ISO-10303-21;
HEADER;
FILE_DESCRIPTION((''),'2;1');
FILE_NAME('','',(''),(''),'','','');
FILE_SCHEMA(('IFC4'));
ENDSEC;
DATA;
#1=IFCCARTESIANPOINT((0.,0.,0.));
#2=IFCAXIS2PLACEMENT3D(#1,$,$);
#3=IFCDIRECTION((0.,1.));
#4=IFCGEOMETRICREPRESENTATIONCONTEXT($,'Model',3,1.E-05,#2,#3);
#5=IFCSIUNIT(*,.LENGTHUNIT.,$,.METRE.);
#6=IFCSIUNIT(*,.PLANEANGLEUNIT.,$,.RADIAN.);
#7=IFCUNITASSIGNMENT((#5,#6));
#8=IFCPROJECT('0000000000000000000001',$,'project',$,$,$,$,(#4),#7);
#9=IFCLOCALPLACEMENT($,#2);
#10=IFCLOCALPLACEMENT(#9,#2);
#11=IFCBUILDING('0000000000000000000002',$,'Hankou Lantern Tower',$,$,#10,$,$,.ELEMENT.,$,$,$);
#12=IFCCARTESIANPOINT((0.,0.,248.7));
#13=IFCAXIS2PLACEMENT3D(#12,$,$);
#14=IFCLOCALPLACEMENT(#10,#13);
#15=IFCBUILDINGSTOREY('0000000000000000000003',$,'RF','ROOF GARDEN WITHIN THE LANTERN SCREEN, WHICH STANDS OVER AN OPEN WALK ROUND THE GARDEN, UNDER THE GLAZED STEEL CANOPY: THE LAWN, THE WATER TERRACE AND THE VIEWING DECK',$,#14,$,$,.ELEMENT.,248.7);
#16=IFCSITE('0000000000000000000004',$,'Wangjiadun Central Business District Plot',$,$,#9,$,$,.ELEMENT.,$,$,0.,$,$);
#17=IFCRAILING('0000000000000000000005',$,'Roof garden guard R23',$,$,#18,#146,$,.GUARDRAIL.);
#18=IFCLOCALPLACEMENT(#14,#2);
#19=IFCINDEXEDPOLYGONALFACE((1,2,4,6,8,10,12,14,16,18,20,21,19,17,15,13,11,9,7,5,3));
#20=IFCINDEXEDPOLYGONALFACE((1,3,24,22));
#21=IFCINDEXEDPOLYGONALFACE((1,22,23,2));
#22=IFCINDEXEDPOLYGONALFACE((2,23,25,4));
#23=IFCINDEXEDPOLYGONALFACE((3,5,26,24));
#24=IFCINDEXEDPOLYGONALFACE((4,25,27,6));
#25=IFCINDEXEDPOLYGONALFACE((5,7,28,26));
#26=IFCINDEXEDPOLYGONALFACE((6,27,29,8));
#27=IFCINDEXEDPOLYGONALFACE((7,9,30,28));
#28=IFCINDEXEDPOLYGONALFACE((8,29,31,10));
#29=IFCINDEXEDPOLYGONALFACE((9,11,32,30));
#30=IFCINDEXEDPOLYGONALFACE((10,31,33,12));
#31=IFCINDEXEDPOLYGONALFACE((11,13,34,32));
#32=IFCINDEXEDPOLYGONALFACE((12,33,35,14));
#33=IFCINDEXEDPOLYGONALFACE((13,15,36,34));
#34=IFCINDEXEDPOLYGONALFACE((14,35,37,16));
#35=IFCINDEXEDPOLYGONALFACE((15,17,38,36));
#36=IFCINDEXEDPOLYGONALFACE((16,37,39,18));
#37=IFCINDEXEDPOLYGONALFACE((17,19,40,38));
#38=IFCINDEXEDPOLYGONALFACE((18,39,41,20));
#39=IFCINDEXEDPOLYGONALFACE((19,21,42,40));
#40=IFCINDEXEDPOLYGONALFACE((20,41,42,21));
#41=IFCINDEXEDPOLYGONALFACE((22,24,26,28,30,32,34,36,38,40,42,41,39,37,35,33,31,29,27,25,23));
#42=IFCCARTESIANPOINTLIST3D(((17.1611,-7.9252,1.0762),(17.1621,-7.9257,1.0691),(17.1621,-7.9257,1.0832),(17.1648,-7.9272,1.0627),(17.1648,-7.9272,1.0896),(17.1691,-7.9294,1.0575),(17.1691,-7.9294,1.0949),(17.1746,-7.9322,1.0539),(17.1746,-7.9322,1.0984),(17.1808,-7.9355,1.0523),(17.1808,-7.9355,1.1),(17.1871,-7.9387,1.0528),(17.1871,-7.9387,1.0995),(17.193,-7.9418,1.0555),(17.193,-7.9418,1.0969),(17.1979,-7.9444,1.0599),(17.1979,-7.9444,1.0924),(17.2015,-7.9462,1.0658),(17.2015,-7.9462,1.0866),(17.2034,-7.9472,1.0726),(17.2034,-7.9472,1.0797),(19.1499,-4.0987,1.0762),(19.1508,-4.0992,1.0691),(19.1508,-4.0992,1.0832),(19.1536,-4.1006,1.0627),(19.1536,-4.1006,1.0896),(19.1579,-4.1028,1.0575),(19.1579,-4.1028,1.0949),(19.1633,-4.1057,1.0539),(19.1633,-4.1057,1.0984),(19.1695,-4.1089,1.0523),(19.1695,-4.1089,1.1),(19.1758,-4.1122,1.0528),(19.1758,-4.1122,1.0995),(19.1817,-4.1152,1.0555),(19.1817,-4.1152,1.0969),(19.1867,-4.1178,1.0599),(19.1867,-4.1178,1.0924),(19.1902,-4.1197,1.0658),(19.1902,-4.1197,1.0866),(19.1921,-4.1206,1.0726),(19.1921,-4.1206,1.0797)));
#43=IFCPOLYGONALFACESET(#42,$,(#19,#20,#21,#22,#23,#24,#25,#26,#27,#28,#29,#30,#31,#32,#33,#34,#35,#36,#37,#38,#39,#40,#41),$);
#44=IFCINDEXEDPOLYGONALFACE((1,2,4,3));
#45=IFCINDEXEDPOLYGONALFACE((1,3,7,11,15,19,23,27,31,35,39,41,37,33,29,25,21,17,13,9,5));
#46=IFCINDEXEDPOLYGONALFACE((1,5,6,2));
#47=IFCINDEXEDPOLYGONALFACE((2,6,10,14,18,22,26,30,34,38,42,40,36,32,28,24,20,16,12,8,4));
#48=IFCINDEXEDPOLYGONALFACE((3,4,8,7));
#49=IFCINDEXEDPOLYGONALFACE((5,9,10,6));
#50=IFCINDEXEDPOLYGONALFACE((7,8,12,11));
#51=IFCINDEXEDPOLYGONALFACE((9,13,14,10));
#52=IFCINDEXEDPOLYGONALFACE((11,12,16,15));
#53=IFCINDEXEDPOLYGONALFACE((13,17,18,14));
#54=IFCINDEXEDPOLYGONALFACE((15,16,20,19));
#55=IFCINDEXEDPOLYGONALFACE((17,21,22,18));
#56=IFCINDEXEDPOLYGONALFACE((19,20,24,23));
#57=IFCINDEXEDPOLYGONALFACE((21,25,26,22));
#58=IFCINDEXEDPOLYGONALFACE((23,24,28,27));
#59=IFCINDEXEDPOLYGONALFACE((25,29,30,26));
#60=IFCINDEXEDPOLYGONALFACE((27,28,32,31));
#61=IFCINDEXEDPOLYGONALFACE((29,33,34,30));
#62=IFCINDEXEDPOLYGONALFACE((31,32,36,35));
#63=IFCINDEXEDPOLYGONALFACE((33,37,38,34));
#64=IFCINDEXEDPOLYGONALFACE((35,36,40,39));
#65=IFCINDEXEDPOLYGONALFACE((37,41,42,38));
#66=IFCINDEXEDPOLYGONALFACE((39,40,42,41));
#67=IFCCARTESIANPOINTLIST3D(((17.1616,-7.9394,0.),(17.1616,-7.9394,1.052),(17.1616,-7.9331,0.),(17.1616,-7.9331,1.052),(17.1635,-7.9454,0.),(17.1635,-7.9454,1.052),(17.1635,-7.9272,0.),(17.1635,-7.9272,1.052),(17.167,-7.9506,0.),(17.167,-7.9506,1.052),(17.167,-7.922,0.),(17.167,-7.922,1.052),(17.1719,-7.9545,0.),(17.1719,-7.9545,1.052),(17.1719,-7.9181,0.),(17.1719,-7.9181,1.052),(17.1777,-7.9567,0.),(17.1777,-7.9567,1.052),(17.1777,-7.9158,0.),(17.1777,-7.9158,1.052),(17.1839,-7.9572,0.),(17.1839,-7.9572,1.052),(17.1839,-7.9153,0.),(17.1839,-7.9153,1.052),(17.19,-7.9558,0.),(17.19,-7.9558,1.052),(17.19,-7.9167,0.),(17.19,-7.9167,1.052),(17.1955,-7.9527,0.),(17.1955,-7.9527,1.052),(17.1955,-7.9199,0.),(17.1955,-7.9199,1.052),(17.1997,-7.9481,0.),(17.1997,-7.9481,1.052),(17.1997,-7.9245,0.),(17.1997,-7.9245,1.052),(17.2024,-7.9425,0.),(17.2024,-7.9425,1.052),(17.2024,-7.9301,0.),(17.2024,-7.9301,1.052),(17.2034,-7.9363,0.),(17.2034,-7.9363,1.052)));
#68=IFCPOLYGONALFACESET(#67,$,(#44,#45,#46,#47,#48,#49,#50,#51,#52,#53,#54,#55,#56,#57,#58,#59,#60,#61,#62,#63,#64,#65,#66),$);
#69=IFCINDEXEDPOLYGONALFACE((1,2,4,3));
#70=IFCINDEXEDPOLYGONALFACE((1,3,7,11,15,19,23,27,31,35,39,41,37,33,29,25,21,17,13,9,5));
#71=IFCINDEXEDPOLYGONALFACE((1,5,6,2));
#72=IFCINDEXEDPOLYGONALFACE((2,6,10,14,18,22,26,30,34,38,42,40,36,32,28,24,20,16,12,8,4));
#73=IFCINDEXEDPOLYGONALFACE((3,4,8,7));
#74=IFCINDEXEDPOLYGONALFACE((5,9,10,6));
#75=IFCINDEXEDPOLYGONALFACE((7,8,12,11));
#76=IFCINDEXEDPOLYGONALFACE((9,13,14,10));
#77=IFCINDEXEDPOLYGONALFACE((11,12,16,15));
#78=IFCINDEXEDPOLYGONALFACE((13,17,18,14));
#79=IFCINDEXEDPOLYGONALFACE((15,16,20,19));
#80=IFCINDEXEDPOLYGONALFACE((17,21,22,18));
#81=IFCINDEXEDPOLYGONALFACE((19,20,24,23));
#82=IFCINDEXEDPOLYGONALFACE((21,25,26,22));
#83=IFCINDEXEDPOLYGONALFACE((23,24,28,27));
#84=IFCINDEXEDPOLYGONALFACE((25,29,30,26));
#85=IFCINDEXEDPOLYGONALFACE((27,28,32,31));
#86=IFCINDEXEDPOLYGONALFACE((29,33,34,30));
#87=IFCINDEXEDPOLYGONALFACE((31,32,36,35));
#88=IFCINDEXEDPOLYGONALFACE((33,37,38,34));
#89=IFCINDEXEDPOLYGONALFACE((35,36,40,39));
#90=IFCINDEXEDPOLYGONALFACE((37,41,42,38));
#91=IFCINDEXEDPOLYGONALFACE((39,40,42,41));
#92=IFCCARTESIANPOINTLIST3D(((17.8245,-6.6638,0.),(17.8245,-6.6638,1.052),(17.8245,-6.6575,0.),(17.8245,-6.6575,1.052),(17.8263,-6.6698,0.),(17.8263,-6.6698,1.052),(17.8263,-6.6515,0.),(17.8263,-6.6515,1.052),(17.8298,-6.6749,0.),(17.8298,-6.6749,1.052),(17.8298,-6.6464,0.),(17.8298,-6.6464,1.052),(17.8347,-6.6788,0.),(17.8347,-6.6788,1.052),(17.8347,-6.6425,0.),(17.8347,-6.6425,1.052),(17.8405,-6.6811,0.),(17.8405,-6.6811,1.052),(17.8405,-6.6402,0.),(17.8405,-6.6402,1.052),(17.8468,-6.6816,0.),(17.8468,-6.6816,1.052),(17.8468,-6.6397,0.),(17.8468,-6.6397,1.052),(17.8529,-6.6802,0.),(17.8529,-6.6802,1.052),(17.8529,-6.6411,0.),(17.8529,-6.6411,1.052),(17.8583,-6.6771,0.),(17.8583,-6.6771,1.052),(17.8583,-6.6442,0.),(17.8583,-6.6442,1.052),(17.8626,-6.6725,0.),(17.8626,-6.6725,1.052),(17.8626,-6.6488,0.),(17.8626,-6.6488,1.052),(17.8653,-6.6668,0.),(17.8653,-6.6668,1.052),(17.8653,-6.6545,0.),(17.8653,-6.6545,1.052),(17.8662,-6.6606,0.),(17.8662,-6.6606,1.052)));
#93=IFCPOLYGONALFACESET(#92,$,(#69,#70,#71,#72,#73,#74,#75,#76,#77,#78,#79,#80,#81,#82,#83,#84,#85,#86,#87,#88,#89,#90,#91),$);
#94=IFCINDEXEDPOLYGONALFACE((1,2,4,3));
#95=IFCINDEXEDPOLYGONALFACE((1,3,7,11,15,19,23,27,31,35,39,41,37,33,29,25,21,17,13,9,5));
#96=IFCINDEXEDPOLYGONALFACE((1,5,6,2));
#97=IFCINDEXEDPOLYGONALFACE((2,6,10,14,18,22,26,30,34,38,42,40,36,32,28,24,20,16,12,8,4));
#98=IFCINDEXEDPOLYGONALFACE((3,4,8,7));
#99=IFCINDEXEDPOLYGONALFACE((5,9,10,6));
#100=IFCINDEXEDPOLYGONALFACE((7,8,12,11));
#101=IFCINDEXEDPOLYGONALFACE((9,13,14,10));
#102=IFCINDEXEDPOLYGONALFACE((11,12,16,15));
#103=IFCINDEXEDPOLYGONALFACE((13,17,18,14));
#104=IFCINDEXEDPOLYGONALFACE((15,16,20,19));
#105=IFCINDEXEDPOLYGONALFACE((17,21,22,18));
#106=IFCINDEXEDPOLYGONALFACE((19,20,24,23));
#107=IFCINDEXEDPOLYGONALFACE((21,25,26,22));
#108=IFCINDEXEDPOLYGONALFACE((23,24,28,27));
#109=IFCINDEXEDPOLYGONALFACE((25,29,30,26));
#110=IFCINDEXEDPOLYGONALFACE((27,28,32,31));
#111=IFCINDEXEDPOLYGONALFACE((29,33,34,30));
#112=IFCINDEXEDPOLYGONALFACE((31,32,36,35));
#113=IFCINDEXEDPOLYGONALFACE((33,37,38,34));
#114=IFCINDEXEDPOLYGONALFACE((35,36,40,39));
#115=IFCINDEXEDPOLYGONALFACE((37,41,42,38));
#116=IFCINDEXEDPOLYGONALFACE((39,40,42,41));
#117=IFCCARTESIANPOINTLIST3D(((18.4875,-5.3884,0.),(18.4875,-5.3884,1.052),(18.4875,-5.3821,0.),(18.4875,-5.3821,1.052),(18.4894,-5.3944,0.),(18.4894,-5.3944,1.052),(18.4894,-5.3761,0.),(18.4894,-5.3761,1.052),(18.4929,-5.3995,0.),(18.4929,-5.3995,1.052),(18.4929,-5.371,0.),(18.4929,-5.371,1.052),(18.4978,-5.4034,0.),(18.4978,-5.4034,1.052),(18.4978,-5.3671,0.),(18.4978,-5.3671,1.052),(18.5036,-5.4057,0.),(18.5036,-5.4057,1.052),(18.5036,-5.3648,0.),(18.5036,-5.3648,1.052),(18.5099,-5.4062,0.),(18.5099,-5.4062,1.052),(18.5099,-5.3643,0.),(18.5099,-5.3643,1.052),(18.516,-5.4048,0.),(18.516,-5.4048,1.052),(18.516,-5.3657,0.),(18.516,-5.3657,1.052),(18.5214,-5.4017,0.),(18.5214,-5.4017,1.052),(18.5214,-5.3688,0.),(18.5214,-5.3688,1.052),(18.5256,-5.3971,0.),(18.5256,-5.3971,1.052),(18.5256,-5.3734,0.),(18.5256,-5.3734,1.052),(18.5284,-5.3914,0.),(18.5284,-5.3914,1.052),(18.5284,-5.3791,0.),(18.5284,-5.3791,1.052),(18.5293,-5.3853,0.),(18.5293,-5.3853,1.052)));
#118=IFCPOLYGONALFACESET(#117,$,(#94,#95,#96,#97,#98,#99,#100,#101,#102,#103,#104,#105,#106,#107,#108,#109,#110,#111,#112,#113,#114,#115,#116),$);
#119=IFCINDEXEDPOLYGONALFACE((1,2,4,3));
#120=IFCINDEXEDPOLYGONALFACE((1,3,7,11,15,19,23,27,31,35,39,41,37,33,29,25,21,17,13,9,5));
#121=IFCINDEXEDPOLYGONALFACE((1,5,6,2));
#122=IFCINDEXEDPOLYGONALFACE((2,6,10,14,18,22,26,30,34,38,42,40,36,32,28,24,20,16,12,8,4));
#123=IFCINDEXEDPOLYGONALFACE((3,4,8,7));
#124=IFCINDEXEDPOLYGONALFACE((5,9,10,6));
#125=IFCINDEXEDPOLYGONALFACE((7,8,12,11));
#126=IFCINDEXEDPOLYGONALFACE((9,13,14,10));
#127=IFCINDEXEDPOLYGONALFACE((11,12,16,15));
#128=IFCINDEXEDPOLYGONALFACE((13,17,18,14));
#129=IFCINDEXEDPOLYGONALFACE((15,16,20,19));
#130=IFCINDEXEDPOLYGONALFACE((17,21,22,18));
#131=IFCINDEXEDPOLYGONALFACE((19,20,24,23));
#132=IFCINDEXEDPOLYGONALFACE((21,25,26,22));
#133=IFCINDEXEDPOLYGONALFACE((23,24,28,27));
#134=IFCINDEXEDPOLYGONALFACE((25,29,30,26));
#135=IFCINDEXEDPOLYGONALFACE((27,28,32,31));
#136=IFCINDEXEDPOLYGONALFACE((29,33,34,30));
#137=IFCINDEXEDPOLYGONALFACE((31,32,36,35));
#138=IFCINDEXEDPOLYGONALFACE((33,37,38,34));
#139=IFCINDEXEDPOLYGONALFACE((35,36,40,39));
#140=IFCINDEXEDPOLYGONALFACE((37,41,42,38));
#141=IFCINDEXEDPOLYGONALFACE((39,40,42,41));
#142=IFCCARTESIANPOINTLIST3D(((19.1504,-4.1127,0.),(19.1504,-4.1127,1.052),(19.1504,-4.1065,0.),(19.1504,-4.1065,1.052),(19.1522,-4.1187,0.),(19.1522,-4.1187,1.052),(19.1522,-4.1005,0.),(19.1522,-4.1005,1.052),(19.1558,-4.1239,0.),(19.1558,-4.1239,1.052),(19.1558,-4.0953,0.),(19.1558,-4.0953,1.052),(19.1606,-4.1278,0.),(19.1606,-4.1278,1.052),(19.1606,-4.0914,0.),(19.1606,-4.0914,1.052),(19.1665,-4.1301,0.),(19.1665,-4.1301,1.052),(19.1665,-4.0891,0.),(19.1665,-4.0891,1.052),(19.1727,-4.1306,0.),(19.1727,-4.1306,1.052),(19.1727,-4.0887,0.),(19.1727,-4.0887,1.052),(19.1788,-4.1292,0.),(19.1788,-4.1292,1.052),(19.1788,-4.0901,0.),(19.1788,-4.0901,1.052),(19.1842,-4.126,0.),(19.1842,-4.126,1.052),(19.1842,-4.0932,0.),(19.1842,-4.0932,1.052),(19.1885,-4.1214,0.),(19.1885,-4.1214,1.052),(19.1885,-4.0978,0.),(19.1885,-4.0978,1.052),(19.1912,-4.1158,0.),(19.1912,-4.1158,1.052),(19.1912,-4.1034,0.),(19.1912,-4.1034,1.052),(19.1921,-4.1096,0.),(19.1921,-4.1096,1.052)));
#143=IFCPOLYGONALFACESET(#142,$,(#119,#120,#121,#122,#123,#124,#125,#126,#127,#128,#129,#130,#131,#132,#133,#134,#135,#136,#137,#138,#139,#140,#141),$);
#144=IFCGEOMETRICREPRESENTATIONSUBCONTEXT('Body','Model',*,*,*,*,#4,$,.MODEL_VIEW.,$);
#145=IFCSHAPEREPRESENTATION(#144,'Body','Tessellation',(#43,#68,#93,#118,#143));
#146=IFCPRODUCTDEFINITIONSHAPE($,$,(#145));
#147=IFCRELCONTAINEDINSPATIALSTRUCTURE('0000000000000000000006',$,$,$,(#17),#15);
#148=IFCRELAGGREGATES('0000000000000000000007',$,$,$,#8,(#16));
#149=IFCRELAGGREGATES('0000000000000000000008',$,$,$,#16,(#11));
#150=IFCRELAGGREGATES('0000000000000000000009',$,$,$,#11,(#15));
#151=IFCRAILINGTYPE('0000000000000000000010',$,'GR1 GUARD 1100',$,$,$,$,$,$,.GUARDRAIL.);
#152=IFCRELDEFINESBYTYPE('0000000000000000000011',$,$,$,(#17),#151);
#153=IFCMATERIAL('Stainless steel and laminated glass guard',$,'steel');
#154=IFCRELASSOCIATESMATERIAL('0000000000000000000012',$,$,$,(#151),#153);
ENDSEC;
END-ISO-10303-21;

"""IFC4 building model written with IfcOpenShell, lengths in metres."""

from ifc_helpers import new_model, si_unit, direction, frame, origin, origin_2d, place, context, subcontext, project, spatial, circle, extrude, material, type_object, element, save


model = new_model("IFC4")

# Units and contexts
model_context = context("Model", 3, precision=1e-05, world=origin(), true_north=direction((0.0, 1.0)))
body_context = subcontext(model_context, "Body", "Model", "MODEL_VIEW")
ifc_project = project(units=[si_unit("LENGTHUNIT", "METRE"), si_unit("PLANEANGLEUNIT", "RADIAN")], contexts=[model_context])

# Site, building, storey
site_placement = place(None, origin())
site = spatial("IfcSite", under=ifc_project, at=site_placement, Name="Wangjiadun Central Business District Plot", CompositionType="ELEMENT", RefElevation=0.0)
building_placement = place(site_placement, origin())
building = spatial("IfcBuilding", under=site, at=building_placement, Name="Hankou Lantern Tower", CompositionType="ELEMENT")
storey_placement = place(building_placement, frame((0.0, 0.0, 248.7)))
storey = spatial("IfcBuildingStorey", under=building, at=storey_placement, Name="RF", Description="ROOF GARDEN WITHIN THE LANTERN SCREEN, WHICH STANDS OVER AN OPEN WALK ROUND THE GARDEN, UNDER THE GLAZED STEEL CANOPY: THE LAWN, THE WATER TERRACE AND THE VIEWING DECK", CompositionType="ELEMENT", Elevation=248.7)

# Railing
ifc_material_1 = material(Name="Stainless steel and laminated glass guard", Category="steel")
railing_type = type_object("IfcRailingType", Name="GR1 GUARD 1100", PredefinedType="GUARDRAIL", material=ifc_material_1)
railing_1_placement = place(storey_placement, frame((17.1824, -7.9363, 0.0)))
element("IfcRailing", 1, at=railing_1_placement, inside=storey, type_object=railing_type, Name="Roof garden guard R23", PredefinedType="GUARDRAIL", context=body_context, shape_type="SweptSolid", body=[
    extrude(circle(Radius=0.0239, at=origin_2d()), frame((0.0, 0.0, 1.0762), z_axis=(0.461153, 0.887321, 0.0), x_axis=(-0.887321, 0.461153, 0.0)), (0.0, 0.0, 1.0), 4.3125),
    extrude(circle(Radius=0.021, at=origin_2d()), origin(), (0.0, 0.0, 1.0), 1.052),
    extrude(circle(Radius=0.021, at=origin_2d()), frame((0.6628, 1.2756, 0.0)), (0.0, 0.0, 1.0), 1.052),
    extrude(circle(Radius=0.021, at=origin_2d()), frame((1.3259, 2.551, 0.0)), (0.0, 0.0, 1.0), 1.052),
    extrude(circle(Radius=0.021, at=origin_2d()), frame((1.9888, 3.8267, 0.0)), (0.0, 0.0, 1.0), 1.052),
])

save(model, "model.ifc")
